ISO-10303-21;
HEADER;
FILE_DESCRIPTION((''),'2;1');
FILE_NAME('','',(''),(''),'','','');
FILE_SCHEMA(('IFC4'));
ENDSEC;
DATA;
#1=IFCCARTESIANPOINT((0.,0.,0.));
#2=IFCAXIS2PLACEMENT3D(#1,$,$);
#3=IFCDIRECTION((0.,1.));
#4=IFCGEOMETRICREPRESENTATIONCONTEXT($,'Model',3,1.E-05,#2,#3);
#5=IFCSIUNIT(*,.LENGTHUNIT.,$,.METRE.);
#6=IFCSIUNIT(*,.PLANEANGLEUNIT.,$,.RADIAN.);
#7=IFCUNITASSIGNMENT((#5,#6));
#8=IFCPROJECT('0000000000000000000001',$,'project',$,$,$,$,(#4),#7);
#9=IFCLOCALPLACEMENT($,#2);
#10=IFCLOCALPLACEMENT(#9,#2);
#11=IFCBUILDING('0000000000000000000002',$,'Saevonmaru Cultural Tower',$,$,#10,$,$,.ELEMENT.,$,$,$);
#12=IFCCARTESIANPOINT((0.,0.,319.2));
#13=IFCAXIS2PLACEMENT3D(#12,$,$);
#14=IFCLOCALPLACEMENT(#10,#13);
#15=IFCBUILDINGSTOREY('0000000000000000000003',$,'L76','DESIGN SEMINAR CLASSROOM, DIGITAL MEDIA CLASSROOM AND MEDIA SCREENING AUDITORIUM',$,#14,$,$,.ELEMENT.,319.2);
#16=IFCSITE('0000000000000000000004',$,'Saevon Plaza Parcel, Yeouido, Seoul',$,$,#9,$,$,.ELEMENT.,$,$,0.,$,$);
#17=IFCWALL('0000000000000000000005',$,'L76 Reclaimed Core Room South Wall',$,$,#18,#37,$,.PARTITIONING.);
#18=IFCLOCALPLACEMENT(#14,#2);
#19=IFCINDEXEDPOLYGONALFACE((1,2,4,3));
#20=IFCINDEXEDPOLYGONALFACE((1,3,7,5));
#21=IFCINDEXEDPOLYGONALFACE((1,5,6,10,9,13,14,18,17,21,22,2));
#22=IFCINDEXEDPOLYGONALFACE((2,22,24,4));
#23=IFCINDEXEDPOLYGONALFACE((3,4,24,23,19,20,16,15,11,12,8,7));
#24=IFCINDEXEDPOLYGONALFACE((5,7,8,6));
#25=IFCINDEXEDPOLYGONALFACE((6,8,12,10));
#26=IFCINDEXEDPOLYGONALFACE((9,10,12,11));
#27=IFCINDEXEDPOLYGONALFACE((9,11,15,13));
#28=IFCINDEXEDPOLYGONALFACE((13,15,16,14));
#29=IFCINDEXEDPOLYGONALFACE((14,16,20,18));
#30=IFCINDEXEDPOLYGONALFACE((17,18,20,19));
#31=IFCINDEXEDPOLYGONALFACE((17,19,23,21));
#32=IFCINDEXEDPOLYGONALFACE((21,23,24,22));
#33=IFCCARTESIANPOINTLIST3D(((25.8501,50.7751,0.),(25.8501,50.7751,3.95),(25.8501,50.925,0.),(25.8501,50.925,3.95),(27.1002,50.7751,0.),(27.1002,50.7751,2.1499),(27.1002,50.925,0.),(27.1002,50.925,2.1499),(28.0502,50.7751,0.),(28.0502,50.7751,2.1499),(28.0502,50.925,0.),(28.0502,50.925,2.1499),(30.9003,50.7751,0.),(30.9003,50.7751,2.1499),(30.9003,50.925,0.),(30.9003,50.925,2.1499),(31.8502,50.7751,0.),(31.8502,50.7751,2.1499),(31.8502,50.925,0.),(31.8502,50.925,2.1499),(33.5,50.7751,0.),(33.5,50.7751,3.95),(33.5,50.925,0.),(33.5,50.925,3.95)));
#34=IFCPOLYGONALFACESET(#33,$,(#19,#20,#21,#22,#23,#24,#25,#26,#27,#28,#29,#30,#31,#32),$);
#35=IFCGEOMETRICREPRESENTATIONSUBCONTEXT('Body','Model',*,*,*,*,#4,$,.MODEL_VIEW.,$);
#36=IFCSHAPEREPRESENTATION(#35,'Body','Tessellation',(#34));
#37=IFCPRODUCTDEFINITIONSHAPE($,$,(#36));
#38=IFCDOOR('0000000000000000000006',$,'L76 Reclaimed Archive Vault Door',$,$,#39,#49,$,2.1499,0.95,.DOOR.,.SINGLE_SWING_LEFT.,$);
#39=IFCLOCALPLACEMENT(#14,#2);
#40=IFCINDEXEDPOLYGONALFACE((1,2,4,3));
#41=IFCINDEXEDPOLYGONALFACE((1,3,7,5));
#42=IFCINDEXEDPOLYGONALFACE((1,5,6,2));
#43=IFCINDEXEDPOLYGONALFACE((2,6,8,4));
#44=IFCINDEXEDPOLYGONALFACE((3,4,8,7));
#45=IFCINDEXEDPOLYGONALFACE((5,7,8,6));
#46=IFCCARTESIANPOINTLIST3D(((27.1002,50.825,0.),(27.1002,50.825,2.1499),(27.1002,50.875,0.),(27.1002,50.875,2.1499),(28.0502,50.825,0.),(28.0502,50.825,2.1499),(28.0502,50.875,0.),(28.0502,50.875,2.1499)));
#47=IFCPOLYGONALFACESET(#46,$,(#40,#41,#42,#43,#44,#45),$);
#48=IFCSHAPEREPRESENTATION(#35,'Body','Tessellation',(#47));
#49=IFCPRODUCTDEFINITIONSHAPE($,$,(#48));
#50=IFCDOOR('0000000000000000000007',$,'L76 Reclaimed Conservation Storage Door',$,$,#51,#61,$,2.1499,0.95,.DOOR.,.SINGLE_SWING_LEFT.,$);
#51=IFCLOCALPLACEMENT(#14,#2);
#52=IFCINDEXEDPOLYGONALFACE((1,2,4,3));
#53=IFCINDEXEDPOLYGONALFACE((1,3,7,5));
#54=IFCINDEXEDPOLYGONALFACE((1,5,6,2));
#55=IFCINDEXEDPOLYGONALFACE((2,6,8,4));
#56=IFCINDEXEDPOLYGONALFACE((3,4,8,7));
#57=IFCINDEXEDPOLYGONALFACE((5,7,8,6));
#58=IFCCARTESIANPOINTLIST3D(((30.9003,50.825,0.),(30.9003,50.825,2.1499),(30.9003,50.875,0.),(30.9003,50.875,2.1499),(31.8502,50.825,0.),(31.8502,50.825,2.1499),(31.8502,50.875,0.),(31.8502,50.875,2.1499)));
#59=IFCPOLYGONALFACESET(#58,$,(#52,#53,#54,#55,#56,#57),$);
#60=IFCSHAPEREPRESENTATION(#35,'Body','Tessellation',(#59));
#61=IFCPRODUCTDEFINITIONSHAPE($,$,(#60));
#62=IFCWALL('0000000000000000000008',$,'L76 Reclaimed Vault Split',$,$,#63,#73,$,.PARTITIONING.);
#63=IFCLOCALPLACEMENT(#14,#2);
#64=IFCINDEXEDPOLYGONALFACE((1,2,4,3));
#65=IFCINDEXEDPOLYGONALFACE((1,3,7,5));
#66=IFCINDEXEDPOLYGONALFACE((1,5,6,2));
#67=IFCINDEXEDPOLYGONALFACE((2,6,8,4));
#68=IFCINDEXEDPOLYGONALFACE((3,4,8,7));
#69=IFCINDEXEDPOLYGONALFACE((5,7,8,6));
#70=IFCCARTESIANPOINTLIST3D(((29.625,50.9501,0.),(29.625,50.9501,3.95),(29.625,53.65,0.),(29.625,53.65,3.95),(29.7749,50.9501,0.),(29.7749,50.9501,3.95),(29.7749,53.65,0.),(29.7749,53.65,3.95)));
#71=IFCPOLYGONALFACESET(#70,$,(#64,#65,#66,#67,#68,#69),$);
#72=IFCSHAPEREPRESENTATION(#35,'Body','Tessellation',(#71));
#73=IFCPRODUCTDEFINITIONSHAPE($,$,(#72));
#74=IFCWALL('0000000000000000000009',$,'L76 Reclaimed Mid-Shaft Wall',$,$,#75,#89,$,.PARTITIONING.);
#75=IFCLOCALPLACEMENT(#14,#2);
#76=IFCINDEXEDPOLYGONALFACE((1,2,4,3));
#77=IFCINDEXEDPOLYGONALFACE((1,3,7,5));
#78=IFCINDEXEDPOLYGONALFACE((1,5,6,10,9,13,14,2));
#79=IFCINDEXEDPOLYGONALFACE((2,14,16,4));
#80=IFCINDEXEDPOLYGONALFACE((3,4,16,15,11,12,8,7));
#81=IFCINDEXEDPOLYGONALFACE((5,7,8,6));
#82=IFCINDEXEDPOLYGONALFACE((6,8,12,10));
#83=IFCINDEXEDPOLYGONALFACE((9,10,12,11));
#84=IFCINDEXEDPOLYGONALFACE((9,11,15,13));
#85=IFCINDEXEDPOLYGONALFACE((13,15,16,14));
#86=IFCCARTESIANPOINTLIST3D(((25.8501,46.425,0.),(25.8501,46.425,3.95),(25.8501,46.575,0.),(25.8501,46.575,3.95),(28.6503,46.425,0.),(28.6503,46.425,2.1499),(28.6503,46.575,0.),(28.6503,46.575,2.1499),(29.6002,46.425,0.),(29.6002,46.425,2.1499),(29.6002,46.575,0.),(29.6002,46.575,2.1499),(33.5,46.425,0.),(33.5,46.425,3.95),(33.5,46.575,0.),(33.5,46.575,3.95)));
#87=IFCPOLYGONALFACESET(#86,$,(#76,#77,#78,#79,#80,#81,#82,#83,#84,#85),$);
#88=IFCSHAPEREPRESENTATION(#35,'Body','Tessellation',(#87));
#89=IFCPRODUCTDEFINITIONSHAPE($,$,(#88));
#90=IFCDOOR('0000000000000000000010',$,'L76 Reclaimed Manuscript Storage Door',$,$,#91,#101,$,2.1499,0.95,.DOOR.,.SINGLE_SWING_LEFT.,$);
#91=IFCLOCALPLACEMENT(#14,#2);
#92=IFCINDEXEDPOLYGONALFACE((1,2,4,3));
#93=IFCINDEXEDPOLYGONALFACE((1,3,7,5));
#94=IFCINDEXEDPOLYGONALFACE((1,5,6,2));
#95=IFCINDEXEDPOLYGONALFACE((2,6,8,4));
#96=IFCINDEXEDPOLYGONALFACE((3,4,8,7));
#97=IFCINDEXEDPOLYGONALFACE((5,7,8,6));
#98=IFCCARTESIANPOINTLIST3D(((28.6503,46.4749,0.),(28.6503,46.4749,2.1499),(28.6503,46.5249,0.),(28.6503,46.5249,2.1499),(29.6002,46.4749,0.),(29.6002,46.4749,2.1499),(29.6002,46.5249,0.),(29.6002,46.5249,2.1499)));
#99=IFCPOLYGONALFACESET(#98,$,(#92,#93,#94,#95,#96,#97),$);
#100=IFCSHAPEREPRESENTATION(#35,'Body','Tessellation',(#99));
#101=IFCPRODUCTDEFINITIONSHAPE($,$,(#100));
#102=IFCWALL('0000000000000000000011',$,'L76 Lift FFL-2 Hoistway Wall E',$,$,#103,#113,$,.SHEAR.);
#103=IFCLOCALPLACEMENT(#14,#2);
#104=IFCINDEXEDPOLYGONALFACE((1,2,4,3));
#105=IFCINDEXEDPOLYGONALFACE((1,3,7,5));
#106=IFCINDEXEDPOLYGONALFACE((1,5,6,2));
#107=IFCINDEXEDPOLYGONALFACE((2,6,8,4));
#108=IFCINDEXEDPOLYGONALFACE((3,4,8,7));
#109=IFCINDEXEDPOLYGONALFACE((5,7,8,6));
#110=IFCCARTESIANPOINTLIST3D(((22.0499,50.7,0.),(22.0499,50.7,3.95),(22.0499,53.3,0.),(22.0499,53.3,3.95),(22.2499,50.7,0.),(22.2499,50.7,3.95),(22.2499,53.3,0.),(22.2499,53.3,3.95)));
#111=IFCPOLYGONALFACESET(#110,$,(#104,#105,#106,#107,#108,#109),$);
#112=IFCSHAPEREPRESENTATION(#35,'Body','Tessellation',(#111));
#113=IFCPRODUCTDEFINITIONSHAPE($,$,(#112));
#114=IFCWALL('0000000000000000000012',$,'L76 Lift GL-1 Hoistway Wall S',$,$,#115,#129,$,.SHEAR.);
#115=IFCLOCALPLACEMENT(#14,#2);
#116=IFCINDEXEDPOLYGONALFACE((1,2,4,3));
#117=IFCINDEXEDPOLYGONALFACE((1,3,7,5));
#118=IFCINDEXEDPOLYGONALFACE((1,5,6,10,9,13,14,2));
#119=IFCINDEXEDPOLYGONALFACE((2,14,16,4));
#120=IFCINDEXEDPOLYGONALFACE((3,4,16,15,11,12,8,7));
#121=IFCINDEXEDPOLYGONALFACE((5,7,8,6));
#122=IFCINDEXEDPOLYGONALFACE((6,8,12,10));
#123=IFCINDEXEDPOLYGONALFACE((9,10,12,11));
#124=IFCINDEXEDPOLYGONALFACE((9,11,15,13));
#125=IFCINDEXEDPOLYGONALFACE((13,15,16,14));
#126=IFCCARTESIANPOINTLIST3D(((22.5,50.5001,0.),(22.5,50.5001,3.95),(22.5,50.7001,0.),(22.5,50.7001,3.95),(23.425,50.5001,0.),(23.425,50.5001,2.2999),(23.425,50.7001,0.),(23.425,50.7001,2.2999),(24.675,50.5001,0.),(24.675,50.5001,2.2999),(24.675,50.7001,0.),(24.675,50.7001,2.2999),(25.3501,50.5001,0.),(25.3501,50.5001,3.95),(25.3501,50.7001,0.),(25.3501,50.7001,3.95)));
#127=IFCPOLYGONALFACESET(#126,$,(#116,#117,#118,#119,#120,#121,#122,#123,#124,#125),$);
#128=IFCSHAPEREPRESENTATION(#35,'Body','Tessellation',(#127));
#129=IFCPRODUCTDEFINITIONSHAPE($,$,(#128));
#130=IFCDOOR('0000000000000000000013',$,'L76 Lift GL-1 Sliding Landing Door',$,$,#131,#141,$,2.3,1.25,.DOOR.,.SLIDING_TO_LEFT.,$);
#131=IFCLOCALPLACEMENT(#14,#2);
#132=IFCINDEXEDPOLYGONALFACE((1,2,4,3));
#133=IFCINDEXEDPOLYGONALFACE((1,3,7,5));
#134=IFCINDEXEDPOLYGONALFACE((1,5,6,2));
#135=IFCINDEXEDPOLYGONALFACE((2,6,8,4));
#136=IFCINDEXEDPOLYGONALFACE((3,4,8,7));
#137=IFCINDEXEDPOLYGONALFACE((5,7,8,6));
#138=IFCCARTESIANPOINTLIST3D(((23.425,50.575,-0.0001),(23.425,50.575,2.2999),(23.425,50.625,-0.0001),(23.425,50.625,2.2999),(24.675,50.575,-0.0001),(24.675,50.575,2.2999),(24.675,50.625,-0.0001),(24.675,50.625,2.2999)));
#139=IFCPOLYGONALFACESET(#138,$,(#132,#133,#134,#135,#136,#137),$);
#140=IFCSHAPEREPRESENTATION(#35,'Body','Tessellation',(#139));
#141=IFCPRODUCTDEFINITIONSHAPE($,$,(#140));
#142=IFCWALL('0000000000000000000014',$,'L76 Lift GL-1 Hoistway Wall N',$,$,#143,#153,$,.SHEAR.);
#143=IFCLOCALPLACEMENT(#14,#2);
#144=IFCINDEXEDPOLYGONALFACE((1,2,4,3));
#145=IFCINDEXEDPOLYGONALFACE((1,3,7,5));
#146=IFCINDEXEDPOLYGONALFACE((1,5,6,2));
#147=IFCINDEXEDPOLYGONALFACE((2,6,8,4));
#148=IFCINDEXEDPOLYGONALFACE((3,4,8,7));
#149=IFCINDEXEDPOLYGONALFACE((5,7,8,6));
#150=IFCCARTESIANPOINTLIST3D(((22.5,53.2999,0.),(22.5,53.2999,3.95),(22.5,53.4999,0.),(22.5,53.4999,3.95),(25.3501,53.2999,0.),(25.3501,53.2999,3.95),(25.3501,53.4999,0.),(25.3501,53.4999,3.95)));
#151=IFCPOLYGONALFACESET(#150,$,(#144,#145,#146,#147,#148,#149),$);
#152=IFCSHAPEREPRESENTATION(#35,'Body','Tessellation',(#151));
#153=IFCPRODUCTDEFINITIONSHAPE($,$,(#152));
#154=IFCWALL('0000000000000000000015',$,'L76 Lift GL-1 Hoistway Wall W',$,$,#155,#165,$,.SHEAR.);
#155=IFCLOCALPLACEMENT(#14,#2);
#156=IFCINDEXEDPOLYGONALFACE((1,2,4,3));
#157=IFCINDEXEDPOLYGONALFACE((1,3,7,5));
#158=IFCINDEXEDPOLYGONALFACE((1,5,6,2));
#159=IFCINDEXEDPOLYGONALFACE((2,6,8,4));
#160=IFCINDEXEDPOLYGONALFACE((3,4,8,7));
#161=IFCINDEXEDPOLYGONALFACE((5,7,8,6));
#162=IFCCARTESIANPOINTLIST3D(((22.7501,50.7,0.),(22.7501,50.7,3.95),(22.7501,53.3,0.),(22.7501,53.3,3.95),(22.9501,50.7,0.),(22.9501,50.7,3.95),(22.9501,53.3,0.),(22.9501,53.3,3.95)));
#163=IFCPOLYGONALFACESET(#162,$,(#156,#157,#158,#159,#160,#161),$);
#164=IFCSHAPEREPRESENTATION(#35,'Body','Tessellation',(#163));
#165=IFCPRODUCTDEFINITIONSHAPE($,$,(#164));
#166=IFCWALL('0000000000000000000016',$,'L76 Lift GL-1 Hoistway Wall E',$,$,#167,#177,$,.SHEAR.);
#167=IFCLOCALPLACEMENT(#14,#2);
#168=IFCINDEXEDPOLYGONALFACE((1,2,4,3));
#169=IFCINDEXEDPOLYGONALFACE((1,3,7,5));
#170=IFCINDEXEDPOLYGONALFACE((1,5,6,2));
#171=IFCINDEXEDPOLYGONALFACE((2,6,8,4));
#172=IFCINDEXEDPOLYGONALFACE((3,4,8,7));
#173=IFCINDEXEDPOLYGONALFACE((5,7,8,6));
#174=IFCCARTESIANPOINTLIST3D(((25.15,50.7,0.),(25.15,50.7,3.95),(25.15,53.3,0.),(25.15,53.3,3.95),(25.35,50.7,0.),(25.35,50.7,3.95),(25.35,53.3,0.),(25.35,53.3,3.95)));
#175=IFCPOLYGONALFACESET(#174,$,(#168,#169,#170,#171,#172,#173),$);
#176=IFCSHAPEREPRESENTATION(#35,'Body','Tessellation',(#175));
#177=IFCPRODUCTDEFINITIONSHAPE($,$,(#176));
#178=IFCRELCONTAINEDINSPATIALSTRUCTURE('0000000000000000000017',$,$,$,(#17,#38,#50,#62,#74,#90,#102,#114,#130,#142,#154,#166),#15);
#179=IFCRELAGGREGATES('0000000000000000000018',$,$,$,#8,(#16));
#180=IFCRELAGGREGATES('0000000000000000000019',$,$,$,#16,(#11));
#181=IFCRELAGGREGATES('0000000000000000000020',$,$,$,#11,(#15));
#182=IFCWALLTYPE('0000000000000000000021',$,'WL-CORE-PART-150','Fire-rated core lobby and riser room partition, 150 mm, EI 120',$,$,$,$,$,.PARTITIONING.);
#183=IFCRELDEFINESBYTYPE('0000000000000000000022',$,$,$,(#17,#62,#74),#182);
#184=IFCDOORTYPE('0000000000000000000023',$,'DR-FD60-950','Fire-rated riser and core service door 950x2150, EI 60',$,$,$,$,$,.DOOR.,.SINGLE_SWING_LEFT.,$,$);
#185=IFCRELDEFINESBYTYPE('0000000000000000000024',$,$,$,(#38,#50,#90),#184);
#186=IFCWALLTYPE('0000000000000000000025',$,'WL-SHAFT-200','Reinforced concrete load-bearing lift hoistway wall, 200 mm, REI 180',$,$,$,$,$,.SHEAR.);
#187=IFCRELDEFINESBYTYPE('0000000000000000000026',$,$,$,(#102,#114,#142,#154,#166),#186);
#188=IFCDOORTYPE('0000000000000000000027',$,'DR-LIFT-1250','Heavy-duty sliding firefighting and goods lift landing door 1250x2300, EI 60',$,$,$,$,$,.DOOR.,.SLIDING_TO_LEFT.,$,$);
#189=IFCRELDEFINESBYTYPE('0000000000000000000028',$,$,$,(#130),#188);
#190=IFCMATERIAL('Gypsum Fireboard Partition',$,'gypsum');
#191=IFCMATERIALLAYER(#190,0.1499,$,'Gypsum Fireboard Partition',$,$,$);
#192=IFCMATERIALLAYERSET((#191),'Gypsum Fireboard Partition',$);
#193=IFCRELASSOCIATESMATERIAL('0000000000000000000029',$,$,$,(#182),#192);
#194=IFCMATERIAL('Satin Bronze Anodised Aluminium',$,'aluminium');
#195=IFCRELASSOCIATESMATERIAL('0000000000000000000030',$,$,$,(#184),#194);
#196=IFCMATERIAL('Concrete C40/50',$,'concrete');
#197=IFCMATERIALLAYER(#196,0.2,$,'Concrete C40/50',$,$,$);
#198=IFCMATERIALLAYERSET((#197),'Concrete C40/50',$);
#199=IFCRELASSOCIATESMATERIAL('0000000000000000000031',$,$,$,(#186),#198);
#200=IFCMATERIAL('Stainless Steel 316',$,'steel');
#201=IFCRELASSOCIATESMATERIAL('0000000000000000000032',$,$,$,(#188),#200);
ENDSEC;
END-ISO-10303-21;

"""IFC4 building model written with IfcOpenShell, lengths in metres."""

from ifc_helpers import new_model, si_unit, direction, frame, frame_2d, origin, place, context, subcontext, project, spatial, rectangle, extrude, material, layer, layer_set, type_object, element, fill, save


model = new_model("IFC4")

# Units and contexts
model_context = context("Model", 3, precision=1e-05, world=origin(), true_north=direction((0.0, 1.0)))
body_context = subcontext(model_context, "Body", "Model", "MODEL_VIEW")
ifc_project = project(units=[si_unit("LENGTHUNIT", "METRE"), si_unit("PLANEANGLEUNIT", "RADIAN")], contexts=[model_context])

# Site, building, storey
site_placement = place(None, origin())
site = spatial("IfcSite", under=ifc_project, at=site_placement, Name="Saevon Plaza Parcel, Yeouido, Seoul", CompositionType="ELEMENT", RefElevation=0.0)
building_placement = place(site_placement, origin())
building = spatial("IfcBuilding", under=site, at=building_placement, Name="Saevonmaru Cultural Tower", CompositionType="ELEMENT")
storey_placement = place(building_placement, frame((0.0, 0.0, 319.2)))
storey = spatial("IfcBuildingStorey", under=building, at=storey_placement, Name="L76", Description="DESIGN SEMINAR CLASSROOM, DIGITAL MEDIA CLASSROOM AND MEDIA SCREENING AUDITORIUM", CompositionType="ELEMENT", Elevation=319.2)

# Shared definitions
ifc_material_1 = material(Name="Satin Bronze Anodised Aluminium", Category="aluminium")

# Shared definitions
ifc_material_2 = material(Name="Gypsum Fireboard Partition", Category="gypsum")
ifc_layer_1 = layer(ifc_material_2, 0.1499, Name="Gypsum Fireboard Partition")
ifc_layer_set_1 = layer_set([ifc_layer_1], Name="Gypsum Fireboard Partition")
wall_type_1 = type_object("IfcWallType", Name="WL-CORE-PART-150", Description="Fire-rated core lobby and riser room partition, 150 mm, EI 120", PredefinedType="PARTITIONING", material=ifc_layer_set_1)

# Wall, openings, doors
wall_1_placement = place(storey_placement, frame((25.8501, 50.8501, 0.0), z_axis=(0.0, 0.0, 1.0), x_axis=(1.0, 0.0, 0.0)))
wall_1 = element("IfcWall", 1, at=wall_1_placement, inside=storey, type_object=wall_type_1, Name="L76 Reclaimed Core Room South Wall", PredefinedType="PARTITIONING", context=body_context, shape_type="SweptSolid", body=[
    extrude(rectangle(XDim=7.6499, YDim=0.1499, at=frame_2d((3.825, 0.0))), origin(), (0.0, 0.0, 1.0), 3.95),
])
opening_1_placement = place(wall_1_placement, frame((1.25, 0.0, 0.0)))
opening_1 = element("IfcOpeningElement", 2, at=opening_1_placement, cuts=wall_1, PredefinedType="OPENING", context=body_context, shape_type="SweptSolid", body=[
    extrude(rectangle(XDim=0.95, YDim=2.1499, at=frame_2d((0.4751, 1.075))), frame((0.0, 0.085, 0.0), z_axis=(0.0, -1.0, 0.0), x_axis=(1.0, 0.0, 0.0)), (0.0, 0.0, 1.0), 0.1699),
])
opening_2_placement = place(wall_1_placement, frame((5.05, 0.0, 0.0)))
opening_2 = element("IfcOpeningElement", 3, at=opening_2_placement, cuts=wall_1, PredefinedType="OPENING", context=body_context, shape_type="SweptSolid", body=[
    extrude(rectangle(XDim=0.95, YDim=2.1499, at=frame_2d((0.4751, 1.075))), frame((0.0, 0.085, 0.0), z_axis=(0.0, -1.0, 0.0), x_axis=(1.0, 0.0, 0.0)), (0.0, 0.0, 1.0), 0.1699),
])
door_type_1 = type_object("IfcDoorType", Name="DR-FD60-950", Description="Fire-rated riser and core service door 950x2150, EI 60", OperationType="SINGLE_SWING_LEFT", PredefinedType="DOOR", material=ifc_material_1)
door_1_placement = place(opening_1_placement, origin())
door_1 = element("IfcDoor", 4, at=door_1_placement, inside=storey, type_object=door_type_1, Name="L76 Reclaimed Archive Vault Door", OperationType="SINGLE_SWING_LEFT", OverallHeight=2.1499, OverallWidth=0.95, PredefinedType="DOOR", context=body_context, shape_type="SweptSolid", body=[
    extrude(rectangle(XDim=0.95, YDim=2.1499, at=frame_2d((0.4751, 1.075))), frame((0.0, 0.0249, 0.0), z_axis=(0.0, -1.0, 0.0), x_axis=(1.0, 0.0, 0.0)), (0.0, 0.0, 1.0), 0.05),
])
fill(opening_1, door_1)
door_2_placement = place(opening_2_placement, origin())
door_2 = element("IfcDoor", 5, at=door_2_placement, inside=storey, type_object=door_type_1, Name="L76 Reclaimed Conservation Storage Door", OperationType="SINGLE_SWING_LEFT", OverallHeight=2.1499, OverallWidth=0.95, PredefinedType="DOOR", context=body_context, shape_type="SweptSolid", body=[
    extrude(rectangle(XDim=0.95, YDim=2.1499, at=frame_2d((0.4751, 1.075))), frame((0.0, 0.0249, 0.0), z_axis=(0.0, -1.0, 0.0), x_axis=(1.0, 0.0, 0.0)), (0.0, 0.0, 1.0), 0.05),
])
fill(opening_2, door_2)

# Wall
wall_2_placement = place(storey_placement, frame((29.7, 50.95, 0.0), z_axis=(0.0, 0.0, 1.0), x_axis=(0.0, 1.0, 0.0)))
element("IfcWall", 6, at=wall_2_placement, inside=storey, type_object=wall_type_1, Name="L76 Reclaimed Vault Split", PredefinedType="PARTITIONING", context=body_context, shape_type="SweptSolid", body=[
    extrude(rectangle(XDim=2.7, YDim=0.1499, at=frame_2d((1.3501, 0.0))), origin(), (0.0, 0.0, 1.0), 3.95),
])

# Wall, opening, door
wall_3_placement = place(storey_placement, frame((25.8501, 46.5, 0.0), z_axis=(0.0, 0.0, 1.0), x_axis=(1.0, 0.0, 0.0)))
wall_3 = element("IfcWall", 7, at=wall_3_placement, inside=storey, type_object=wall_type_1, Name="L76 Reclaimed Mid-Shaft Wall", PredefinedType="PARTITIONING", context=body_context, shape_type="SweptSolid", body=[
    extrude(rectangle(XDim=7.6499, YDim=0.1499, at=frame_2d((3.825, 0.0))), origin(), (0.0, 0.0, 1.0), 3.95),
])
opening_3_placement = place(wall_3_placement, frame((2.8, 0.0, 0.0)))
opening_3 = element("IfcOpeningElement", 8, at=opening_3_placement, cuts=wall_3, PredefinedType="OPENING", context=body_context, shape_type="SweptSolid", body=[
    extrude(rectangle(XDim=0.95, YDim=2.1499, at=frame_2d((0.4751, 1.075))), frame((0.0, 0.085, 0.0), z_axis=(0.0, -1.0, 0.0), x_axis=(1.0, 0.0, 0.0)), (0.0, 0.0, 1.0), 0.1699),
])
door_3_placement = place(opening_3_placement, origin())
door_3 = element("IfcDoor", 9, at=door_3_placement, inside=storey, type_object=door_type_1, Name="L76 Reclaimed Manuscript Storage Door", OperationType="SINGLE_SWING_LEFT", OverallHeight=2.1499, OverallWidth=0.95, PredefinedType="DOOR", context=body_context, shape_type="SweptSolid", body=[
    extrude(rectangle(XDim=0.95, YDim=2.1499, at=frame_2d((0.4751, 1.075))), frame((0.0, 0.0249, 0.0), z_axis=(0.0, -1.0, 0.0), x_axis=(1.0, 0.0, 0.0)), (0.0, 0.0, 1.0), 0.05),
])
fill(opening_3, door_3)

# Wall
ifc_material_3 = material(Name="Concrete C40/50", Category="concrete")
ifc_layer_2 = layer(ifc_material_3, 0.2, Name="Concrete C40/50")
ifc_layer_set_2 = layer_set([ifc_layer_2], Name="Concrete C40/50")
wall_type_2 = type_object("IfcWallType", Name="WL-SHAFT-200", Description="Reinforced concrete load-bearing lift hoistway wall, 200 mm, REI 180", PredefinedType="SHEAR", material=ifc_layer_set_2)
wall_4_placement = place(storey_placement, frame((22.1499, 50.7, 0.0), z_axis=(0.0, 0.0, 1.0), x_axis=(0.0, 1.0, 0.0)))
element("IfcWall", 10, at=wall_4_placement, inside=storey, type_object=wall_type_2, Name="L76 Lift FFL-2 Hoistway Wall E", PredefinedType="SHEAR", context=body_context, shape_type="SweptSolid", body=[
    extrude(rectangle(XDim=2.6001, YDim=0.2, at=frame_2d((1.3, 0.0))), origin(), (0.0, 0.0, 1.0), 3.95),
])

# Wall, opening, door
wall_5_placement = place(storey_placement, frame((22.5, 50.6001, 0.0), z_axis=(0.0, 0.0, 1.0), x_axis=(1.0, 0.0, 0.0)))
wall_5 = element("IfcWall", 11, at=wall_5_placement, inside=storey, type_object=wall_type_2, Name="L76 Lift GL-1 Hoistway Wall S", PredefinedType="SHEAR", context=body_context, shape_type="SweptSolid", body=[
    extrude(rectangle(XDim=2.8501, YDim=0.2, at=frame_2d((1.425, 0.0))), origin(), (0.0, 0.0, 1.0), 3.95),
])
opening_4_placement = place(wall_5_placement, frame((0.925, 0.0, 0.0)))
opening_4 = element("IfcOpeningElement", 12, at=opening_4_placement, cuts=wall_5, PredefinedType="OPENING", context=body_context, shape_type="SweptSolid", body=[
    extrude(rectangle(XDim=1.25, YDim=2.3, at=frame_2d((0.625, 1.1499))), frame((0.0, 0.1099, 0.0), z_axis=(0.0, -1.0, 0.0), x_axis=(1.0, 0.0, 0.0)), (0.0, 0.0, 1.0), 0.22),
])
ifc_material_4 = material(Name="Stainless Steel 316", Category="steel")
door_type_2 = type_object("IfcDoorType", Name="DR-LIFT-1250", Description="Heavy-duty sliding firefighting and goods lift landing door 1250x2300, EI 60", OperationType="SLIDING_TO_LEFT", PredefinedType="DOOR", material=ifc_material_4)
door_4_placement = place(opening_4_placement, origin())
door_4 = element("IfcDoor", 13, at=door_4_placement, inside=storey, type_object=door_type_2, Name="L76 Lift GL-1 Sliding Landing Door", OperationType="SLIDING_TO_LEFT", OverallHeight=2.3, OverallWidth=1.25, PredefinedType="DOOR", context=body_context, shape_type="SweptSolid", body=[
    extrude(rectangle(XDim=1.25, YDim=2.3, at=frame_2d((0.625, 1.1499))), frame((0.0, 0.0249, 0.0), z_axis=(0.0, -1.0, 0.0), x_axis=(1.0, 0.0, 0.0)), (0.0, 0.0, 1.0), 0.05),
])
fill(opening_4, door_4)

# Walls
wall_6_placement = place(storey_placement, frame((22.5, 53.3999, 0.0), z_axis=(0.0, 0.0, 1.0), x_axis=(1.0, 0.0, 0.0)))
element("IfcWall", 14, at=wall_6_placement, inside=storey, type_object=wall_type_2, Name="L76 Lift GL-1 Hoistway Wall N", PredefinedType="SHEAR", context=body_context, shape_type="SweptSolid", body=[
    extrude(rectangle(XDim=2.8501, YDim=0.2, at=frame_2d((1.425, 0.0))), origin(), (0.0, 0.0, 1.0), 3.95),
])
for number, where, z_axis, x_axis, name in (
    (15, (22.8501, 50.7, 0.0), (0.0, 0.0, 1.0), (0.0, 1.0, 0.0), "L76 Lift GL-1 Hoistway Wall W"),
    (16, (25.25, 50.7, 0.0), (0.0, 0.0, 1.0), (0.0, 1.0, 0.0), "L76 Lift GL-1 Hoistway Wall E"),
):
    element("IfcWall", number, at=place(storey_placement, frame(where, z_axis=z_axis, x_axis=x_axis)), inside=storey, type_object=wall_type_2, Name=name, PredefinedType="SHEAR", context=body_context, shape_type="SweptSolid", body=[
        extrude(rectangle(XDim=2.6001, YDim=0.2, at=frame_2d((1.3, 0.0))), origin(), (0.0, 0.0, 1.0), 3.95),
    ])

save(model, "model.ifc")
